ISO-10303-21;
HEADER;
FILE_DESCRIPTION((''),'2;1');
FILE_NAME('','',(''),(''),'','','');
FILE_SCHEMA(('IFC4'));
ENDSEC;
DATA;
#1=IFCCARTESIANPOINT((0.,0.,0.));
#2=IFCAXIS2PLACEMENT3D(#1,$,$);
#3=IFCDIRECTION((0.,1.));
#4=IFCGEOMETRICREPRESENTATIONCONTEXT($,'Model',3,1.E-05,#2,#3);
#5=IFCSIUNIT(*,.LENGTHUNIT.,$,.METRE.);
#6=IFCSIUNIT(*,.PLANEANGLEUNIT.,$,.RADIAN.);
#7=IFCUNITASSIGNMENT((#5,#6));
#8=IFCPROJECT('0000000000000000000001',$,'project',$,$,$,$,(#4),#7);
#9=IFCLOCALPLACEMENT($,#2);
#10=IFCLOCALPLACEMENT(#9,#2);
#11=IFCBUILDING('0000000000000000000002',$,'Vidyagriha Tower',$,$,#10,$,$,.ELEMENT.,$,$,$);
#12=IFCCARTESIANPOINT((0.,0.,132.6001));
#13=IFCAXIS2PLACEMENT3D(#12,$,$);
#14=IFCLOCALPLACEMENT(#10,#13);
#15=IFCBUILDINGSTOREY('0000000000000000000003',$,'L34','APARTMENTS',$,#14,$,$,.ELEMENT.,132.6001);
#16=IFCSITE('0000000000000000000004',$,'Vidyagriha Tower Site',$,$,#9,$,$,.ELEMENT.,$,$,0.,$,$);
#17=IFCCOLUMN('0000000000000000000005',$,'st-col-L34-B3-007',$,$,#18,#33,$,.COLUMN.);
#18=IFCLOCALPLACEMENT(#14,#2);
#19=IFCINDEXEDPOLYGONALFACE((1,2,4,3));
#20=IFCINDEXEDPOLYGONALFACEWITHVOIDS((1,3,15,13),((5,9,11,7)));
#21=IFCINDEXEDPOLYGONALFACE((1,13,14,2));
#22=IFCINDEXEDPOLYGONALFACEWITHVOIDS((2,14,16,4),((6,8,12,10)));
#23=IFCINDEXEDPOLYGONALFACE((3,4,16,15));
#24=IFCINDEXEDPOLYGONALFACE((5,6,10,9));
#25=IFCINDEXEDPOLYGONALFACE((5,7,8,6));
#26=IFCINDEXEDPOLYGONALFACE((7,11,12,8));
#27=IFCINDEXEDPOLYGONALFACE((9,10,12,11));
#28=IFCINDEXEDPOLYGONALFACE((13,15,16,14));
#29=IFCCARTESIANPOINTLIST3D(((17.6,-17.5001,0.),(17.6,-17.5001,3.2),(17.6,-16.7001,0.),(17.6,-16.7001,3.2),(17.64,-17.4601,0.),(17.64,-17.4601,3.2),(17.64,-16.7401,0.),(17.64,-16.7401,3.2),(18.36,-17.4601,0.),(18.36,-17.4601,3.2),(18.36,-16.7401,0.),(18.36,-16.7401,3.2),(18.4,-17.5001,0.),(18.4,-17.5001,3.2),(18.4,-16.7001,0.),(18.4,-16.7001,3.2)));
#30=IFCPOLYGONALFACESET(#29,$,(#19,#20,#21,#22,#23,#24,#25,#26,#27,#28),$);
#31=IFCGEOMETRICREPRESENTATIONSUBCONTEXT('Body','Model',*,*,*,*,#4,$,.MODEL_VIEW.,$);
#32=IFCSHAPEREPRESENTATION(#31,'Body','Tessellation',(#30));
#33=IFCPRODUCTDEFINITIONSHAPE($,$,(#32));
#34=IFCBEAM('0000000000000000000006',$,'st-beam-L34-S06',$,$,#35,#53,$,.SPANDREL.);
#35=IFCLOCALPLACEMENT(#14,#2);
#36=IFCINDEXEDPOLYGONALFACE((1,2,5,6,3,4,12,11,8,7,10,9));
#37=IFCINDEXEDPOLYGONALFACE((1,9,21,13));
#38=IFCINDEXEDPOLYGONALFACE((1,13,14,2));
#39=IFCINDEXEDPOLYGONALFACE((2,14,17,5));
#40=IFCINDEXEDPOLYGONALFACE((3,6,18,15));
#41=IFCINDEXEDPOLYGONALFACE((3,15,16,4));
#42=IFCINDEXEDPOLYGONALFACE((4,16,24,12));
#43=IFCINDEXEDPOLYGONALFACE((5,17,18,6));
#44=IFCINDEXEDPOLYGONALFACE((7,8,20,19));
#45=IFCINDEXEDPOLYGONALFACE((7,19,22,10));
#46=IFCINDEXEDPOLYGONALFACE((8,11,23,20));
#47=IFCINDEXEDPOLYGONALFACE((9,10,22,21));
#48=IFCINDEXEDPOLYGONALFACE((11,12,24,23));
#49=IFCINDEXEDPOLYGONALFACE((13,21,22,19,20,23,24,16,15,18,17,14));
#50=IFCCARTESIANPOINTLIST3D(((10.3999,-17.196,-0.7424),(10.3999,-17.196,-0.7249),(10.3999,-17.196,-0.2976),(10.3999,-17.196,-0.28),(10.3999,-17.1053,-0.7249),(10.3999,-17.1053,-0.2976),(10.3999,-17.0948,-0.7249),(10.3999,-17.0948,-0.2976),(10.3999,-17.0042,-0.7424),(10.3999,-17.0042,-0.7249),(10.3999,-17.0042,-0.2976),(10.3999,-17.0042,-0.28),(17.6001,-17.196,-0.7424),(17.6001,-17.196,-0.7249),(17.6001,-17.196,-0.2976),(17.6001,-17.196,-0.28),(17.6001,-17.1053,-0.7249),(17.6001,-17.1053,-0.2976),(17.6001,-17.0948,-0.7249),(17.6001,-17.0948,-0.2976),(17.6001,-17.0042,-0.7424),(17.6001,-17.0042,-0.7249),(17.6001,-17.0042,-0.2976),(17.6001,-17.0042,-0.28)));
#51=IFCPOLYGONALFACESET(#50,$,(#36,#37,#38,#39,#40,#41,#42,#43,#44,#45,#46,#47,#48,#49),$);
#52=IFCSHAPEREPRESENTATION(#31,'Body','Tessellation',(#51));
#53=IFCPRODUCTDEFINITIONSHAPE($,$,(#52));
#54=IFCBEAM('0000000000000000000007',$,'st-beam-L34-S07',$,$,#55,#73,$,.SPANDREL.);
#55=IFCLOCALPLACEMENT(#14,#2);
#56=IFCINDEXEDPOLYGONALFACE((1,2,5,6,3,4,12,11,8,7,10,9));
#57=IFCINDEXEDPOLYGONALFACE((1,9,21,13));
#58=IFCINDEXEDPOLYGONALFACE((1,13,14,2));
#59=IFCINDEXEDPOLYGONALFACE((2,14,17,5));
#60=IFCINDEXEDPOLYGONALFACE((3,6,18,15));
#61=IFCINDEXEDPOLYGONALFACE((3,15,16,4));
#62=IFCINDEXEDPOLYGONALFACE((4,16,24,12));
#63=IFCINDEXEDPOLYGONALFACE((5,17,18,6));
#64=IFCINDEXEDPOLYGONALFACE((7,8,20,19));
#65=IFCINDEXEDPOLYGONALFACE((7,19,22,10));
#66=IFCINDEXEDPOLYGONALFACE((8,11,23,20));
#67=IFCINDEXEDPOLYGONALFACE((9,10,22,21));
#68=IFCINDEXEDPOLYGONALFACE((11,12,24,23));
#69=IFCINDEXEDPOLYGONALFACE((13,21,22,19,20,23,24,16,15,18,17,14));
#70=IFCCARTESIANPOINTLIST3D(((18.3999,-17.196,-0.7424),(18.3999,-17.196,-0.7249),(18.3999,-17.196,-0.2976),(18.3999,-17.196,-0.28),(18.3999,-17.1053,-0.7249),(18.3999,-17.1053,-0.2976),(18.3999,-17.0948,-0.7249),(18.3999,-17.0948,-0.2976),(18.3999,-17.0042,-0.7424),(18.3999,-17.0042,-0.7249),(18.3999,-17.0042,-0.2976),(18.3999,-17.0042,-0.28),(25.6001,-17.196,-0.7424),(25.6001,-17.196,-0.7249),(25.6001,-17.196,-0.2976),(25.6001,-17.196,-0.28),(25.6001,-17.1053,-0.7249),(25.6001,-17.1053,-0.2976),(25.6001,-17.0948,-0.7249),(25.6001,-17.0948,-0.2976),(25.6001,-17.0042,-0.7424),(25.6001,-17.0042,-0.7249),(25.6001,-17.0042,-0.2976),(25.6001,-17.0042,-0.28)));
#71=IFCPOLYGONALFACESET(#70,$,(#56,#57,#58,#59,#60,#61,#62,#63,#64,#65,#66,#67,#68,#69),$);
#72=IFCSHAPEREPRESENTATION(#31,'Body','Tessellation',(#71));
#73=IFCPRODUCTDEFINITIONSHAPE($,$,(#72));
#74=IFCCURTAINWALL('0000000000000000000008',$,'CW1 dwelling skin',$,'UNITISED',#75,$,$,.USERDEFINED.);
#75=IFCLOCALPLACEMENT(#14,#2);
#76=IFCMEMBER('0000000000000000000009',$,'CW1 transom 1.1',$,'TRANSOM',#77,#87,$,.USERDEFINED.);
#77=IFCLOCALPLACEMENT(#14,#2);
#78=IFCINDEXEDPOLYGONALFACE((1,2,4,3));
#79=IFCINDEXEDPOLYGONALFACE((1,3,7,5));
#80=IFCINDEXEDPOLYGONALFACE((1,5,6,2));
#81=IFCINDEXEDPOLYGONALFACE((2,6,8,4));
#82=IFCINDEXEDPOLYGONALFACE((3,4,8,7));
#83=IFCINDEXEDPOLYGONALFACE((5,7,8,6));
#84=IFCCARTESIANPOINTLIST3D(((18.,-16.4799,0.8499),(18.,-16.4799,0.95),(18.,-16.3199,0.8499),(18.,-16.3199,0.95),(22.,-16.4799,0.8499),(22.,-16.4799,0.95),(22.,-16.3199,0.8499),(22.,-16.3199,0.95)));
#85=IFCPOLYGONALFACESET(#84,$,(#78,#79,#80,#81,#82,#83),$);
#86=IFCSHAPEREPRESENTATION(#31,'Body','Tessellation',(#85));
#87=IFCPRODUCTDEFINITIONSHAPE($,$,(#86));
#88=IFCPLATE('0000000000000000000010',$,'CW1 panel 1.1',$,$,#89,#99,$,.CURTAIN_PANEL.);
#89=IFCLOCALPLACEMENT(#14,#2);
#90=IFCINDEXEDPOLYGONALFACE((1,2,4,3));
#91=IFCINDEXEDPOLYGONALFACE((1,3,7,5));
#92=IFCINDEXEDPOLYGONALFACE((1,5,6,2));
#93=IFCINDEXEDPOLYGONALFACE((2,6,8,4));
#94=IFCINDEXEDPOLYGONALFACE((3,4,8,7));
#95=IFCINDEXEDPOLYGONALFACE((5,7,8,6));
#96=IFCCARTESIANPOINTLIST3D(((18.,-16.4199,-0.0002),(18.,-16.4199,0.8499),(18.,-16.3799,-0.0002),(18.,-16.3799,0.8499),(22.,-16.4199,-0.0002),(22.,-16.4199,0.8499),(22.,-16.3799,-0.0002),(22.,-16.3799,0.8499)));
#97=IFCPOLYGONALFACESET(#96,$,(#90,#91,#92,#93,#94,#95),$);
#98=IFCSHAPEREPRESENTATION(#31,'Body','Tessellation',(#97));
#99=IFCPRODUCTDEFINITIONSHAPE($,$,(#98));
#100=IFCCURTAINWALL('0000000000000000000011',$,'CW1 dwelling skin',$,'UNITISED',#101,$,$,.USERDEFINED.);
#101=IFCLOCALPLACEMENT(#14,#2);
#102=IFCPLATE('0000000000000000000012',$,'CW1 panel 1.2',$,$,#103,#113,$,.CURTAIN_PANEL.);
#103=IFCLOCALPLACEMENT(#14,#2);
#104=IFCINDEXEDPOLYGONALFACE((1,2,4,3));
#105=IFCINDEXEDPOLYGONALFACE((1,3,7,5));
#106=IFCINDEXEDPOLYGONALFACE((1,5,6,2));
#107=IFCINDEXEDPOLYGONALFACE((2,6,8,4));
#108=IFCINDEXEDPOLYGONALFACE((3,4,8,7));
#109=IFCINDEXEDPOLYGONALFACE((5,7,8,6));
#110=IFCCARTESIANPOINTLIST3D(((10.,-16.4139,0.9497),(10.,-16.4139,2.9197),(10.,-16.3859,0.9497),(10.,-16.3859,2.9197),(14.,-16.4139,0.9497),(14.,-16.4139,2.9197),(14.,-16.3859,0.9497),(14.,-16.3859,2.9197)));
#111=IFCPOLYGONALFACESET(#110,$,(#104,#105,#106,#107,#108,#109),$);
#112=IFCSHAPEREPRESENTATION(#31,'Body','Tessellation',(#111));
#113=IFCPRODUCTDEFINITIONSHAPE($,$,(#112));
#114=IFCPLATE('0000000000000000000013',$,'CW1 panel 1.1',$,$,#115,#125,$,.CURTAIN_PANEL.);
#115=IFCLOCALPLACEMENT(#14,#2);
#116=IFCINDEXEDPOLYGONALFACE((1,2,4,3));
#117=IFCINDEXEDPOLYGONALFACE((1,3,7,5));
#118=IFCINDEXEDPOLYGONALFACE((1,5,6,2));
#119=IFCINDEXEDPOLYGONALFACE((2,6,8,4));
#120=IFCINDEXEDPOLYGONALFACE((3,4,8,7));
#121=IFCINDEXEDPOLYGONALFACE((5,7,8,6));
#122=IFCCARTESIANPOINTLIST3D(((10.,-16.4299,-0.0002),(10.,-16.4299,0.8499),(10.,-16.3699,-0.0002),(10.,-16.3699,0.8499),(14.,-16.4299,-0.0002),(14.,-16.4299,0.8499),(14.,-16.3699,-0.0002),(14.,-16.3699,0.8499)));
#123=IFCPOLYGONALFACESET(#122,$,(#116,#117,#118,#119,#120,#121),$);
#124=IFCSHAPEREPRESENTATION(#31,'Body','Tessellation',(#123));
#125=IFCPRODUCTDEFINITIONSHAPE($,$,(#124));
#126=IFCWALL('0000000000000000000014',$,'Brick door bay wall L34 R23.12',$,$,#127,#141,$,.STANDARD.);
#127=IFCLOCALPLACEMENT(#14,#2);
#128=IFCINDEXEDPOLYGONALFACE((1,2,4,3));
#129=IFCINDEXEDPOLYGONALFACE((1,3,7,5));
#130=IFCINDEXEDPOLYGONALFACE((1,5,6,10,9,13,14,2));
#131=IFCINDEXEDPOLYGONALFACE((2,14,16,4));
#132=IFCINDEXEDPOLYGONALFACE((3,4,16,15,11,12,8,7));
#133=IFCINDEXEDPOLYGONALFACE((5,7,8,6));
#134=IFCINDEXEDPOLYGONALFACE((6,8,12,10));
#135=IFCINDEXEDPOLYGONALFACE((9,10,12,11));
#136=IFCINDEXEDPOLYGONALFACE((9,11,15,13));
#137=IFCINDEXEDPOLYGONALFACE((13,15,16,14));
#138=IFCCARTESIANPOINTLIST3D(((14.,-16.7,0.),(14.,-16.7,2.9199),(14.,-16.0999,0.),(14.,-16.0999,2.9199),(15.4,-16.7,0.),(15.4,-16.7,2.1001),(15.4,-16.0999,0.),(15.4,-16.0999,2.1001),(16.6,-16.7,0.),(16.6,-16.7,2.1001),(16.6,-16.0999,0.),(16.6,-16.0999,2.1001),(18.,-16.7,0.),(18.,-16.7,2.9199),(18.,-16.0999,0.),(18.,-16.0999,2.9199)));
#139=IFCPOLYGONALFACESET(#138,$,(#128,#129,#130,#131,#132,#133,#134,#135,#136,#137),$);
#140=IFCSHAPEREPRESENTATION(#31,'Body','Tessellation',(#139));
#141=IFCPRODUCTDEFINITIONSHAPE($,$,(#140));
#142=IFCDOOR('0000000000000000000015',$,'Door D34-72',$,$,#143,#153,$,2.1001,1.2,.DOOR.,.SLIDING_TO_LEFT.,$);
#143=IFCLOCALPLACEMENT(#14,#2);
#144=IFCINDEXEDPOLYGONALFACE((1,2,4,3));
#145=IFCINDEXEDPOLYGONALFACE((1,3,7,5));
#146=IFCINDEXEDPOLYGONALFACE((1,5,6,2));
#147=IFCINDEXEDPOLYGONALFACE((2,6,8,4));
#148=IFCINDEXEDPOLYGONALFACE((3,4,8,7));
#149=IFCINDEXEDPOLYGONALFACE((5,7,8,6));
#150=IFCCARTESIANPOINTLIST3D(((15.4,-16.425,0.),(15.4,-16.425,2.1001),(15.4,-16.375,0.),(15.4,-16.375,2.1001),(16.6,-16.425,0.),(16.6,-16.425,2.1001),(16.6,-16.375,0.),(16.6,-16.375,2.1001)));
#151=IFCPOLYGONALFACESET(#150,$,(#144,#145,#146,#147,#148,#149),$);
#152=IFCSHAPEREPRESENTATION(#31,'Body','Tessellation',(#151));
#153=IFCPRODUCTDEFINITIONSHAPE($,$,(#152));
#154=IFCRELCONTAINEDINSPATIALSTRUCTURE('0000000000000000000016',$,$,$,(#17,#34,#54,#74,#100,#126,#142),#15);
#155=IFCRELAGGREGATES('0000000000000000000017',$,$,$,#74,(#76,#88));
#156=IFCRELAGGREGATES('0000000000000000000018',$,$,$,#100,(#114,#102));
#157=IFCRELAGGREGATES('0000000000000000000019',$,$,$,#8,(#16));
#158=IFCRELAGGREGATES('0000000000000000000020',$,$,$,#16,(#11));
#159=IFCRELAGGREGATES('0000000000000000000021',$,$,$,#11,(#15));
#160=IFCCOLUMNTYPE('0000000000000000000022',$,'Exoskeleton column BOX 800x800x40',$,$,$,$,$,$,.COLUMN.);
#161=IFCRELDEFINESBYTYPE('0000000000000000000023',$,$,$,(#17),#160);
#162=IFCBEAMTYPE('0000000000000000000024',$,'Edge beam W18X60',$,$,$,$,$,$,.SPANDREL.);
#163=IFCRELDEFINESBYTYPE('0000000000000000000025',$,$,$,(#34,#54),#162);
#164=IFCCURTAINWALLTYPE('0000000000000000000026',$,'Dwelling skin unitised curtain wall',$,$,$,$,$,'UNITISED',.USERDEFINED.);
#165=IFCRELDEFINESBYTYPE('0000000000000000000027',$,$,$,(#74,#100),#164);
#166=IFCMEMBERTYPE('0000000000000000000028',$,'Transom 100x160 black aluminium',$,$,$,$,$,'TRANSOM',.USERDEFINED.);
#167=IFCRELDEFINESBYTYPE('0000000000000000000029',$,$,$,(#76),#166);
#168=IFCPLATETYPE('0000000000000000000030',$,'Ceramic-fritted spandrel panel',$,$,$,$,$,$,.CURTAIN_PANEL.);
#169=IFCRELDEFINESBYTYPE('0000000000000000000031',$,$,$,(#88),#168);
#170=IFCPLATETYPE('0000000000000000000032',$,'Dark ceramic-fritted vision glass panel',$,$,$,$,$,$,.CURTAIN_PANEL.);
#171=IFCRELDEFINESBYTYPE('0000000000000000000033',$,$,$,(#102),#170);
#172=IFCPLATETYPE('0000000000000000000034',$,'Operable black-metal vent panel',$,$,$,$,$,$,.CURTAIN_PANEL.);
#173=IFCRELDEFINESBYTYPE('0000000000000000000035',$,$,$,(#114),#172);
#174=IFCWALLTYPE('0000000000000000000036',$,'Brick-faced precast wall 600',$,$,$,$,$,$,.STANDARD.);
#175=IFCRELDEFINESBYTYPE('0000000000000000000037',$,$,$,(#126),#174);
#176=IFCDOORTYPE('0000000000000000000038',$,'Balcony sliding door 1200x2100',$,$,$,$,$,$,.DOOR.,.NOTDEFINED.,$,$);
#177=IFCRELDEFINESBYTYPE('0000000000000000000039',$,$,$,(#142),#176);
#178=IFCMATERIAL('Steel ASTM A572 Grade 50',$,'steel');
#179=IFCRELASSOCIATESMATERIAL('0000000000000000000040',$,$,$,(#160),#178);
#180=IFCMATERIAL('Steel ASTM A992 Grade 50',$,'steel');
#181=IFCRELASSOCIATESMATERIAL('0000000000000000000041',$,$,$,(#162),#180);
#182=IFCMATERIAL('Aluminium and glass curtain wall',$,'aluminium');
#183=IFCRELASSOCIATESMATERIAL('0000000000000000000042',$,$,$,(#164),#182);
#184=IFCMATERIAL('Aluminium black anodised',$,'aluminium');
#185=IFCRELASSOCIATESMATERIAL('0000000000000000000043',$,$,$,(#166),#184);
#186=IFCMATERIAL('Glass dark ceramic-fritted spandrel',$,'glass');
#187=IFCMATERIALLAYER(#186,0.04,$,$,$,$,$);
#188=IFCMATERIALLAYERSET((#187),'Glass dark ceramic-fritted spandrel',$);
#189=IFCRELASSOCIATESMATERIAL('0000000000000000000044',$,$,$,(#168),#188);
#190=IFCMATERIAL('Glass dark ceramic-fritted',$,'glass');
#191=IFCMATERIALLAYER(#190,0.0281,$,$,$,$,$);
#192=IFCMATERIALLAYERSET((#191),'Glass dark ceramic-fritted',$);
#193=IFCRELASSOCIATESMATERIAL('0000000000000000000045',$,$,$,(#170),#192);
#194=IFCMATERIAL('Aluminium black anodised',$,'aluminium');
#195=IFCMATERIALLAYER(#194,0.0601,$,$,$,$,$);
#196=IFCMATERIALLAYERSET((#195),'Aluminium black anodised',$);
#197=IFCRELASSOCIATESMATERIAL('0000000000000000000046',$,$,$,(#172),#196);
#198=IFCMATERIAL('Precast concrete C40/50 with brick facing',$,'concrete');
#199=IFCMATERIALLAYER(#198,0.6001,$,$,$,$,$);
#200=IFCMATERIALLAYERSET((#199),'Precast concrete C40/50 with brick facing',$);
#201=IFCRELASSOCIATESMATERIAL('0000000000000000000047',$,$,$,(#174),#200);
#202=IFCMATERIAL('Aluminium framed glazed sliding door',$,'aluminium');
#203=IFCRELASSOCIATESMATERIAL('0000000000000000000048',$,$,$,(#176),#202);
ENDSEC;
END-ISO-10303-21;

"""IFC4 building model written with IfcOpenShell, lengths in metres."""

from ifc_helpers import new_model, si_unit, direction, frame, frame_2d, origin, origin_2d, place, context, subcontext, project, spatial, rectangle, hollow_rectangle, i_section, extrude, material, layer, layer_set, material_profile, profile_set, type_object, element, fill, aggregate, save


model = new_model("IFC4")

# Units and contexts
model_context = context("Model", 3, precision=1e-05, world=origin(), true_north=direction((0.0, 1.0)))
body_context = subcontext(model_context, "Body", "Model", "MODEL_VIEW")
ifc_project = project(units=[si_unit("LENGTHUNIT", "METRE"), si_unit("PLANEANGLEUNIT", "RADIAN")], contexts=[model_context])

# Site, building, storey
site_placement = place(None, origin())
site = spatial("IfcSite", under=ifc_project, at=site_placement, Name="Vidyagriha Tower Site", CompositionType="ELEMENT", RefElevation=0.0)
building_placement = place(site_placement, origin())
building = spatial("IfcBuilding", under=site, at=building_placement, Name="Vidyagriha Tower", CompositionType="ELEMENT")
storey_placement = place(building_placement, frame((0.0, 0.0, 132.6001)))
storey = spatial("IfcBuildingStorey", under=building, at=storey_placement, Name="L34", Description="APARTMENTS", CompositionType="ELEMENT", Elevation=132.6001)

# Column
ifc_material_1 = material(Name="Steel ASTM A572 Grade 50", Category="steel")
ifc_material_profile_1 = material_profile(ifc_material_1, hollow_rectangle(XDim=0.8, YDim=0.8, WallThickness=0.04, at=origin_2d()), Name="BOX 800x800x40")
ifc_profile_set_1 = profile_set([ifc_material_profile_1], Name="Steel ASTM A572 Grade 50")
column_type = type_object("IfcColumnType", Name="Exoskeleton column BOX 800x800x40", PredefinedType="COLUMN", material=ifc_profile_set_1)
column_placement = place(storey_placement, frame((18.0, -17.1001, 0.0)))
element("IfcColumn", 1, at=column_placement, inside=storey, type_object=column_type, Name="st-col-L34-B3-007", PredefinedType="COLUMN", context=body_context, shape_type="SweptSolid", body=[
    extrude(hollow_rectangle(XDim=0.8, YDim=0.8, WallThickness=0.04, at=origin_2d()), origin(), (0.0, 0.0, 1.0), 3.2),
])

# Beams
ifc_material_2 = material(Name="Steel ASTM A992 Grade 50", Category="steel")
ifc_material_profile_2 = material_profile(ifc_material_2, i_section(OverallWidth=0.1919, OverallDepth=0.4624, WebThickness=0.0105, FlangeThickness=0.0176, at=origin_2d()), Name="W18X60")
ifc_profile_set_2 = profile_set([ifc_material_profile_2], Name="Steel ASTM A992 Grade 50")
beam_type = type_object("IfcBeamType", Name="Edge beam W18X60", PredefinedType="SPANDREL", material=ifc_profile_set_2)
for number, where, z_axis, x_axis, name in (
    (2, (10.3999, -17.1001, -0.5112), (1.0, 0.0, 0.0), (0.0, 1.0, 0.0), "st-beam-L34-S06"),
    (3, (18.3999, -17.1001, -0.5112), (1.0, 0.0, 0.0), (0.0, 1.0, 0.0), "st-beam-L34-S07"),
):
    element("IfcBeam", number, at=place(storey_placement, frame(where, z_axis=z_axis, x_axis=x_axis)), inside=storey, type_object=beam_type, Name=name, PredefinedType="SPANDREL", context=body_context, shape_type="SweptSolid", body=[
        extrude(i_section(OverallWidth=0.1919, OverallDepth=0.4624, WebThickness=0.0105, FlangeThickness=0.0176, at=origin_2d()), origin(), (0.0, 0.0, 1.0), 7.2002),
    ])

# Curtain wall, member, plate
ifc_material_3 = material(Name="Aluminium and glass curtain wall", Category="aluminium")
curtain_wall_type = type_object("IfcCurtainWallType", Name="Dwelling skin unitised curtain wall", ElementType="UNITISED", PredefinedType="USERDEFINED", material=ifc_material_3)
curtain_wall_1_placement = place(storey_placement, origin())
curtain_wall_1 = element("IfcCurtainWall", 4, at=curtain_wall_1_placement, inside=storey, type_object=curtain_wall_type, Name="CW1 dwelling skin", ObjectType="UNITISED", PredefinedType="USERDEFINED")
ifc_material_4 = material(Name="Aluminium black anodised", Category="aluminium")
ifc_material_profile_3 = material_profile(ifc_material_4, rectangle(XDim=0.1599, YDim=0.1001, at=origin_2d()), Name="Transom 100x160 black aluminium")
ifc_profile_set_3 = profile_set([ifc_material_profile_3], Name="Aluminium black anodised")
member_type = type_object("IfcMemberType", Name="Transom 100x160 black aluminium", ElementType="TRANSOM", PredefinedType="USERDEFINED", material=ifc_profile_set_3)
member_placement = place(storey_placement, frame((18.0, -16.3999, 0.8999), z_axis=(1.0, 0.0, 0.0), x_axis=(0.0, 1.0, 0.0)))
member = element("IfcMember", 5, at=member_placement, type_object=member_type, Name="CW1 transom 1.1", ObjectType="TRANSOM", PredefinedType="USERDEFINED", context=body_context, shape_type="SweptSolid", body=[
    extrude(rectangle(XDim=0.1599, YDim=0.1001, at=origin_2d()), origin(), (0.0, 0.0, 1.0), 4.0),
])
ifc_material_5 = material(Name="Glass dark ceramic-fritted spandrel", Category="glass")
ifc_layer_1 = layer(ifc_material_5, 0.04)
ifc_layer_set_1 = layer_set([ifc_layer_1], Name="Glass dark ceramic-fritted spandrel")
plate_type_1 = type_object("IfcPlateType", Name="Ceramic-fritted spandrel panel", PredefinedType="CURTAIN_PANEL", material=ifc_layer_set_1)
plate_1_placement = place(storey_placement, frame((20.0, -16.3999, -0.0002)))
plate_1 = element("IfcPlate", 6, at=plate_1_placement, type_object=plate_type_1, Name="CW1 panel 1.1", PredefinedType="CURTAIN_PANEL", context=body_context, shape_type="SweptSolid", body=[
    extrude(rectangle(XDim=4.0, YDim=0.04, at=origin_2d()), origin(), (0.0, 0.0, 1.0), 0.8501),
])
aggregate(curtain_wall_1, [member, plate_1])

# Curtain wall, plates
curtain_wall_2_placement = place(storey_placement, origin())
curtain_wall_2 = element("IfcCurtainWall", 7, at=curtain_wall_2_placement, inside=storey, type_object=curtain_wall_type, Name="CW1 dwelling skin", ObjectType="UNITISED", PredefinedType="USERDEFINED")
ifc_material_6 = material(Name="Glass dark ceramic-fritted", Category="glass")
ifc_layer_2 = layer(ifc_material_6, 0.0281)
ifc_layer_set_2 = layer_set([ifc_layer_2], Name="Glass dark ceramic-fritted")
plate_type_2 = type_object("IfcPlateType", Name="Dark ceramic-fritted vision glass panel", PredefinedType="CURTAIN_PANEL", material=ifc_layer_set_2)
plate_2_placement = place(storey_placement, frame((12.0, -16.3999, 0.9497)))
plate_2 = element("IfcPlate", 8, at=plate_2_placement, type_object=plate_type_2, Name="CW1 panel 1.2", PredefinedType="CURTAIN_PANEL", context=body_context, shape_type="SweptSolid", body=[
    extrude(rectangle(XDim=4.0, YDim=0.0281, at=origin_2d()), origin(), (0.0, 0.0, 1.0), 1.97),
])
ifc_material_7 = material(Name="Aluminium black anodised", Category="aluminium")
ifc_layer_3 = layer(ifc_material_7, 0.0601)
ifc_layer_set_3 = layer_set([ifc_layer_3], Name="Aluminium black anodised")
plate_type_3 = type_object("IfcPlateType", Name="Operable black-metal vent panel", PredefinedType="CURTAIN_PANEL", material=ifc_layer_set_3)
plate_3_placement = place(storey_placement, frame((12.0, -16.3999, -0.0002)))
plate_3 = element("IfcPlate", 9, at=plate_3_placement, type_object=plate_type_3, Name="CW1 panel 1.1", PredefinedType="CURTAIN_PANEL", context=body_context, shape_type="SweptSolid", body=[
    extrude(rectangle(XDim=4.0, YDim=0.0601, at=origin_2d()), origin(), (0.0, 0.0, 1.0), 0.8501),
])
aggregate(curtain_wall_2, [plate_3, plate_2])

# Wall, opening, door
ifc_material_8 = material(Name="Precast concrete C40/50 with brick facing", Category="concrete")
ifc_layer_4 = layer(ifc_material_8, 0.6001)
ifc_layer_set_4 = layer_set([ifc_layer_4], Name="Precast concrete C40/50 with brick facing")
wall_type = type_object("IfcWallType", Name="Brick-faced precast wall 600", PredefinedType="STANDARD", material=ifc_layer_set_4)
wall_placement = place(storey_placement, frame((14.0, -16.3999, 0.0)))
wall = element("IfcWall", 10, at=wall_placement, inside=storey, type_object=wall_type, Name="Brick door bay wall L34 R23.12", PredefinedType="STANDARD", context=body_context, shape_type="SweptSolid", body=[
    extrude(rectangle(XDim=4.0, YDim=0.6001, at=frame_2d((2.0, 0.0))), origin(), (0.0, 0.0, 1.0), 2.9199),
])
opening_placement = place(wall_placement, frame((1.3999, 0.0, 0.0)))
opening = element("IfcOpeningElement", 11, at=opening_placement, cuts=wall, PredefinedType="OPENING", context=body_context, shape_type="SweptSolid", body=[
    extrude(rectangle(XDim=1.2, YDim=2.1001, at=frame_2d((0.6001, 1.05))), frame((0.0, 0.3101, 0.0), z_axis=(0.0, -1.0, 0.0), x_axis=(1.0, 0.0, 0.0)), (0.0, 0.0, 1.0), 0.6201),
])
ifc_material_9 = material(Name="Aluminium framed glazed sliding door", Category="aluminium")
door_type = type_object("IfcDoorType", Name="Balcony sliding door 1200x2100", OperationType="NOTDEFINED", PredefinedType="DOOR", material=ifc_material_9)
door_placement = place(opening_placement, origin())
door = element("IfcDoor", 12, at=door_placement, inside=storey, type_object=door_type, Name="Door D34-72", OperationType="SLIDING_TO_LEFT", OverallHeight=2.1001, OverallWidth=1.2, PredefinedType="DOOR", context=body_context, shape_type="SweptSolid", body=[
    extrude(rectangle(XDim=1.2, YDim=2.1001, at=frame_2d((0.6001, 1.05))), frame((0.0, 0.0249, 0.0), z_axis=(0.0, -1.0, 0.0), x_axis=(1.0, 0.0, 0.0)), (0.0, 0.0, 1.0), 0.05),
])
fill(opening, door)

save(model, "model.ifc")
